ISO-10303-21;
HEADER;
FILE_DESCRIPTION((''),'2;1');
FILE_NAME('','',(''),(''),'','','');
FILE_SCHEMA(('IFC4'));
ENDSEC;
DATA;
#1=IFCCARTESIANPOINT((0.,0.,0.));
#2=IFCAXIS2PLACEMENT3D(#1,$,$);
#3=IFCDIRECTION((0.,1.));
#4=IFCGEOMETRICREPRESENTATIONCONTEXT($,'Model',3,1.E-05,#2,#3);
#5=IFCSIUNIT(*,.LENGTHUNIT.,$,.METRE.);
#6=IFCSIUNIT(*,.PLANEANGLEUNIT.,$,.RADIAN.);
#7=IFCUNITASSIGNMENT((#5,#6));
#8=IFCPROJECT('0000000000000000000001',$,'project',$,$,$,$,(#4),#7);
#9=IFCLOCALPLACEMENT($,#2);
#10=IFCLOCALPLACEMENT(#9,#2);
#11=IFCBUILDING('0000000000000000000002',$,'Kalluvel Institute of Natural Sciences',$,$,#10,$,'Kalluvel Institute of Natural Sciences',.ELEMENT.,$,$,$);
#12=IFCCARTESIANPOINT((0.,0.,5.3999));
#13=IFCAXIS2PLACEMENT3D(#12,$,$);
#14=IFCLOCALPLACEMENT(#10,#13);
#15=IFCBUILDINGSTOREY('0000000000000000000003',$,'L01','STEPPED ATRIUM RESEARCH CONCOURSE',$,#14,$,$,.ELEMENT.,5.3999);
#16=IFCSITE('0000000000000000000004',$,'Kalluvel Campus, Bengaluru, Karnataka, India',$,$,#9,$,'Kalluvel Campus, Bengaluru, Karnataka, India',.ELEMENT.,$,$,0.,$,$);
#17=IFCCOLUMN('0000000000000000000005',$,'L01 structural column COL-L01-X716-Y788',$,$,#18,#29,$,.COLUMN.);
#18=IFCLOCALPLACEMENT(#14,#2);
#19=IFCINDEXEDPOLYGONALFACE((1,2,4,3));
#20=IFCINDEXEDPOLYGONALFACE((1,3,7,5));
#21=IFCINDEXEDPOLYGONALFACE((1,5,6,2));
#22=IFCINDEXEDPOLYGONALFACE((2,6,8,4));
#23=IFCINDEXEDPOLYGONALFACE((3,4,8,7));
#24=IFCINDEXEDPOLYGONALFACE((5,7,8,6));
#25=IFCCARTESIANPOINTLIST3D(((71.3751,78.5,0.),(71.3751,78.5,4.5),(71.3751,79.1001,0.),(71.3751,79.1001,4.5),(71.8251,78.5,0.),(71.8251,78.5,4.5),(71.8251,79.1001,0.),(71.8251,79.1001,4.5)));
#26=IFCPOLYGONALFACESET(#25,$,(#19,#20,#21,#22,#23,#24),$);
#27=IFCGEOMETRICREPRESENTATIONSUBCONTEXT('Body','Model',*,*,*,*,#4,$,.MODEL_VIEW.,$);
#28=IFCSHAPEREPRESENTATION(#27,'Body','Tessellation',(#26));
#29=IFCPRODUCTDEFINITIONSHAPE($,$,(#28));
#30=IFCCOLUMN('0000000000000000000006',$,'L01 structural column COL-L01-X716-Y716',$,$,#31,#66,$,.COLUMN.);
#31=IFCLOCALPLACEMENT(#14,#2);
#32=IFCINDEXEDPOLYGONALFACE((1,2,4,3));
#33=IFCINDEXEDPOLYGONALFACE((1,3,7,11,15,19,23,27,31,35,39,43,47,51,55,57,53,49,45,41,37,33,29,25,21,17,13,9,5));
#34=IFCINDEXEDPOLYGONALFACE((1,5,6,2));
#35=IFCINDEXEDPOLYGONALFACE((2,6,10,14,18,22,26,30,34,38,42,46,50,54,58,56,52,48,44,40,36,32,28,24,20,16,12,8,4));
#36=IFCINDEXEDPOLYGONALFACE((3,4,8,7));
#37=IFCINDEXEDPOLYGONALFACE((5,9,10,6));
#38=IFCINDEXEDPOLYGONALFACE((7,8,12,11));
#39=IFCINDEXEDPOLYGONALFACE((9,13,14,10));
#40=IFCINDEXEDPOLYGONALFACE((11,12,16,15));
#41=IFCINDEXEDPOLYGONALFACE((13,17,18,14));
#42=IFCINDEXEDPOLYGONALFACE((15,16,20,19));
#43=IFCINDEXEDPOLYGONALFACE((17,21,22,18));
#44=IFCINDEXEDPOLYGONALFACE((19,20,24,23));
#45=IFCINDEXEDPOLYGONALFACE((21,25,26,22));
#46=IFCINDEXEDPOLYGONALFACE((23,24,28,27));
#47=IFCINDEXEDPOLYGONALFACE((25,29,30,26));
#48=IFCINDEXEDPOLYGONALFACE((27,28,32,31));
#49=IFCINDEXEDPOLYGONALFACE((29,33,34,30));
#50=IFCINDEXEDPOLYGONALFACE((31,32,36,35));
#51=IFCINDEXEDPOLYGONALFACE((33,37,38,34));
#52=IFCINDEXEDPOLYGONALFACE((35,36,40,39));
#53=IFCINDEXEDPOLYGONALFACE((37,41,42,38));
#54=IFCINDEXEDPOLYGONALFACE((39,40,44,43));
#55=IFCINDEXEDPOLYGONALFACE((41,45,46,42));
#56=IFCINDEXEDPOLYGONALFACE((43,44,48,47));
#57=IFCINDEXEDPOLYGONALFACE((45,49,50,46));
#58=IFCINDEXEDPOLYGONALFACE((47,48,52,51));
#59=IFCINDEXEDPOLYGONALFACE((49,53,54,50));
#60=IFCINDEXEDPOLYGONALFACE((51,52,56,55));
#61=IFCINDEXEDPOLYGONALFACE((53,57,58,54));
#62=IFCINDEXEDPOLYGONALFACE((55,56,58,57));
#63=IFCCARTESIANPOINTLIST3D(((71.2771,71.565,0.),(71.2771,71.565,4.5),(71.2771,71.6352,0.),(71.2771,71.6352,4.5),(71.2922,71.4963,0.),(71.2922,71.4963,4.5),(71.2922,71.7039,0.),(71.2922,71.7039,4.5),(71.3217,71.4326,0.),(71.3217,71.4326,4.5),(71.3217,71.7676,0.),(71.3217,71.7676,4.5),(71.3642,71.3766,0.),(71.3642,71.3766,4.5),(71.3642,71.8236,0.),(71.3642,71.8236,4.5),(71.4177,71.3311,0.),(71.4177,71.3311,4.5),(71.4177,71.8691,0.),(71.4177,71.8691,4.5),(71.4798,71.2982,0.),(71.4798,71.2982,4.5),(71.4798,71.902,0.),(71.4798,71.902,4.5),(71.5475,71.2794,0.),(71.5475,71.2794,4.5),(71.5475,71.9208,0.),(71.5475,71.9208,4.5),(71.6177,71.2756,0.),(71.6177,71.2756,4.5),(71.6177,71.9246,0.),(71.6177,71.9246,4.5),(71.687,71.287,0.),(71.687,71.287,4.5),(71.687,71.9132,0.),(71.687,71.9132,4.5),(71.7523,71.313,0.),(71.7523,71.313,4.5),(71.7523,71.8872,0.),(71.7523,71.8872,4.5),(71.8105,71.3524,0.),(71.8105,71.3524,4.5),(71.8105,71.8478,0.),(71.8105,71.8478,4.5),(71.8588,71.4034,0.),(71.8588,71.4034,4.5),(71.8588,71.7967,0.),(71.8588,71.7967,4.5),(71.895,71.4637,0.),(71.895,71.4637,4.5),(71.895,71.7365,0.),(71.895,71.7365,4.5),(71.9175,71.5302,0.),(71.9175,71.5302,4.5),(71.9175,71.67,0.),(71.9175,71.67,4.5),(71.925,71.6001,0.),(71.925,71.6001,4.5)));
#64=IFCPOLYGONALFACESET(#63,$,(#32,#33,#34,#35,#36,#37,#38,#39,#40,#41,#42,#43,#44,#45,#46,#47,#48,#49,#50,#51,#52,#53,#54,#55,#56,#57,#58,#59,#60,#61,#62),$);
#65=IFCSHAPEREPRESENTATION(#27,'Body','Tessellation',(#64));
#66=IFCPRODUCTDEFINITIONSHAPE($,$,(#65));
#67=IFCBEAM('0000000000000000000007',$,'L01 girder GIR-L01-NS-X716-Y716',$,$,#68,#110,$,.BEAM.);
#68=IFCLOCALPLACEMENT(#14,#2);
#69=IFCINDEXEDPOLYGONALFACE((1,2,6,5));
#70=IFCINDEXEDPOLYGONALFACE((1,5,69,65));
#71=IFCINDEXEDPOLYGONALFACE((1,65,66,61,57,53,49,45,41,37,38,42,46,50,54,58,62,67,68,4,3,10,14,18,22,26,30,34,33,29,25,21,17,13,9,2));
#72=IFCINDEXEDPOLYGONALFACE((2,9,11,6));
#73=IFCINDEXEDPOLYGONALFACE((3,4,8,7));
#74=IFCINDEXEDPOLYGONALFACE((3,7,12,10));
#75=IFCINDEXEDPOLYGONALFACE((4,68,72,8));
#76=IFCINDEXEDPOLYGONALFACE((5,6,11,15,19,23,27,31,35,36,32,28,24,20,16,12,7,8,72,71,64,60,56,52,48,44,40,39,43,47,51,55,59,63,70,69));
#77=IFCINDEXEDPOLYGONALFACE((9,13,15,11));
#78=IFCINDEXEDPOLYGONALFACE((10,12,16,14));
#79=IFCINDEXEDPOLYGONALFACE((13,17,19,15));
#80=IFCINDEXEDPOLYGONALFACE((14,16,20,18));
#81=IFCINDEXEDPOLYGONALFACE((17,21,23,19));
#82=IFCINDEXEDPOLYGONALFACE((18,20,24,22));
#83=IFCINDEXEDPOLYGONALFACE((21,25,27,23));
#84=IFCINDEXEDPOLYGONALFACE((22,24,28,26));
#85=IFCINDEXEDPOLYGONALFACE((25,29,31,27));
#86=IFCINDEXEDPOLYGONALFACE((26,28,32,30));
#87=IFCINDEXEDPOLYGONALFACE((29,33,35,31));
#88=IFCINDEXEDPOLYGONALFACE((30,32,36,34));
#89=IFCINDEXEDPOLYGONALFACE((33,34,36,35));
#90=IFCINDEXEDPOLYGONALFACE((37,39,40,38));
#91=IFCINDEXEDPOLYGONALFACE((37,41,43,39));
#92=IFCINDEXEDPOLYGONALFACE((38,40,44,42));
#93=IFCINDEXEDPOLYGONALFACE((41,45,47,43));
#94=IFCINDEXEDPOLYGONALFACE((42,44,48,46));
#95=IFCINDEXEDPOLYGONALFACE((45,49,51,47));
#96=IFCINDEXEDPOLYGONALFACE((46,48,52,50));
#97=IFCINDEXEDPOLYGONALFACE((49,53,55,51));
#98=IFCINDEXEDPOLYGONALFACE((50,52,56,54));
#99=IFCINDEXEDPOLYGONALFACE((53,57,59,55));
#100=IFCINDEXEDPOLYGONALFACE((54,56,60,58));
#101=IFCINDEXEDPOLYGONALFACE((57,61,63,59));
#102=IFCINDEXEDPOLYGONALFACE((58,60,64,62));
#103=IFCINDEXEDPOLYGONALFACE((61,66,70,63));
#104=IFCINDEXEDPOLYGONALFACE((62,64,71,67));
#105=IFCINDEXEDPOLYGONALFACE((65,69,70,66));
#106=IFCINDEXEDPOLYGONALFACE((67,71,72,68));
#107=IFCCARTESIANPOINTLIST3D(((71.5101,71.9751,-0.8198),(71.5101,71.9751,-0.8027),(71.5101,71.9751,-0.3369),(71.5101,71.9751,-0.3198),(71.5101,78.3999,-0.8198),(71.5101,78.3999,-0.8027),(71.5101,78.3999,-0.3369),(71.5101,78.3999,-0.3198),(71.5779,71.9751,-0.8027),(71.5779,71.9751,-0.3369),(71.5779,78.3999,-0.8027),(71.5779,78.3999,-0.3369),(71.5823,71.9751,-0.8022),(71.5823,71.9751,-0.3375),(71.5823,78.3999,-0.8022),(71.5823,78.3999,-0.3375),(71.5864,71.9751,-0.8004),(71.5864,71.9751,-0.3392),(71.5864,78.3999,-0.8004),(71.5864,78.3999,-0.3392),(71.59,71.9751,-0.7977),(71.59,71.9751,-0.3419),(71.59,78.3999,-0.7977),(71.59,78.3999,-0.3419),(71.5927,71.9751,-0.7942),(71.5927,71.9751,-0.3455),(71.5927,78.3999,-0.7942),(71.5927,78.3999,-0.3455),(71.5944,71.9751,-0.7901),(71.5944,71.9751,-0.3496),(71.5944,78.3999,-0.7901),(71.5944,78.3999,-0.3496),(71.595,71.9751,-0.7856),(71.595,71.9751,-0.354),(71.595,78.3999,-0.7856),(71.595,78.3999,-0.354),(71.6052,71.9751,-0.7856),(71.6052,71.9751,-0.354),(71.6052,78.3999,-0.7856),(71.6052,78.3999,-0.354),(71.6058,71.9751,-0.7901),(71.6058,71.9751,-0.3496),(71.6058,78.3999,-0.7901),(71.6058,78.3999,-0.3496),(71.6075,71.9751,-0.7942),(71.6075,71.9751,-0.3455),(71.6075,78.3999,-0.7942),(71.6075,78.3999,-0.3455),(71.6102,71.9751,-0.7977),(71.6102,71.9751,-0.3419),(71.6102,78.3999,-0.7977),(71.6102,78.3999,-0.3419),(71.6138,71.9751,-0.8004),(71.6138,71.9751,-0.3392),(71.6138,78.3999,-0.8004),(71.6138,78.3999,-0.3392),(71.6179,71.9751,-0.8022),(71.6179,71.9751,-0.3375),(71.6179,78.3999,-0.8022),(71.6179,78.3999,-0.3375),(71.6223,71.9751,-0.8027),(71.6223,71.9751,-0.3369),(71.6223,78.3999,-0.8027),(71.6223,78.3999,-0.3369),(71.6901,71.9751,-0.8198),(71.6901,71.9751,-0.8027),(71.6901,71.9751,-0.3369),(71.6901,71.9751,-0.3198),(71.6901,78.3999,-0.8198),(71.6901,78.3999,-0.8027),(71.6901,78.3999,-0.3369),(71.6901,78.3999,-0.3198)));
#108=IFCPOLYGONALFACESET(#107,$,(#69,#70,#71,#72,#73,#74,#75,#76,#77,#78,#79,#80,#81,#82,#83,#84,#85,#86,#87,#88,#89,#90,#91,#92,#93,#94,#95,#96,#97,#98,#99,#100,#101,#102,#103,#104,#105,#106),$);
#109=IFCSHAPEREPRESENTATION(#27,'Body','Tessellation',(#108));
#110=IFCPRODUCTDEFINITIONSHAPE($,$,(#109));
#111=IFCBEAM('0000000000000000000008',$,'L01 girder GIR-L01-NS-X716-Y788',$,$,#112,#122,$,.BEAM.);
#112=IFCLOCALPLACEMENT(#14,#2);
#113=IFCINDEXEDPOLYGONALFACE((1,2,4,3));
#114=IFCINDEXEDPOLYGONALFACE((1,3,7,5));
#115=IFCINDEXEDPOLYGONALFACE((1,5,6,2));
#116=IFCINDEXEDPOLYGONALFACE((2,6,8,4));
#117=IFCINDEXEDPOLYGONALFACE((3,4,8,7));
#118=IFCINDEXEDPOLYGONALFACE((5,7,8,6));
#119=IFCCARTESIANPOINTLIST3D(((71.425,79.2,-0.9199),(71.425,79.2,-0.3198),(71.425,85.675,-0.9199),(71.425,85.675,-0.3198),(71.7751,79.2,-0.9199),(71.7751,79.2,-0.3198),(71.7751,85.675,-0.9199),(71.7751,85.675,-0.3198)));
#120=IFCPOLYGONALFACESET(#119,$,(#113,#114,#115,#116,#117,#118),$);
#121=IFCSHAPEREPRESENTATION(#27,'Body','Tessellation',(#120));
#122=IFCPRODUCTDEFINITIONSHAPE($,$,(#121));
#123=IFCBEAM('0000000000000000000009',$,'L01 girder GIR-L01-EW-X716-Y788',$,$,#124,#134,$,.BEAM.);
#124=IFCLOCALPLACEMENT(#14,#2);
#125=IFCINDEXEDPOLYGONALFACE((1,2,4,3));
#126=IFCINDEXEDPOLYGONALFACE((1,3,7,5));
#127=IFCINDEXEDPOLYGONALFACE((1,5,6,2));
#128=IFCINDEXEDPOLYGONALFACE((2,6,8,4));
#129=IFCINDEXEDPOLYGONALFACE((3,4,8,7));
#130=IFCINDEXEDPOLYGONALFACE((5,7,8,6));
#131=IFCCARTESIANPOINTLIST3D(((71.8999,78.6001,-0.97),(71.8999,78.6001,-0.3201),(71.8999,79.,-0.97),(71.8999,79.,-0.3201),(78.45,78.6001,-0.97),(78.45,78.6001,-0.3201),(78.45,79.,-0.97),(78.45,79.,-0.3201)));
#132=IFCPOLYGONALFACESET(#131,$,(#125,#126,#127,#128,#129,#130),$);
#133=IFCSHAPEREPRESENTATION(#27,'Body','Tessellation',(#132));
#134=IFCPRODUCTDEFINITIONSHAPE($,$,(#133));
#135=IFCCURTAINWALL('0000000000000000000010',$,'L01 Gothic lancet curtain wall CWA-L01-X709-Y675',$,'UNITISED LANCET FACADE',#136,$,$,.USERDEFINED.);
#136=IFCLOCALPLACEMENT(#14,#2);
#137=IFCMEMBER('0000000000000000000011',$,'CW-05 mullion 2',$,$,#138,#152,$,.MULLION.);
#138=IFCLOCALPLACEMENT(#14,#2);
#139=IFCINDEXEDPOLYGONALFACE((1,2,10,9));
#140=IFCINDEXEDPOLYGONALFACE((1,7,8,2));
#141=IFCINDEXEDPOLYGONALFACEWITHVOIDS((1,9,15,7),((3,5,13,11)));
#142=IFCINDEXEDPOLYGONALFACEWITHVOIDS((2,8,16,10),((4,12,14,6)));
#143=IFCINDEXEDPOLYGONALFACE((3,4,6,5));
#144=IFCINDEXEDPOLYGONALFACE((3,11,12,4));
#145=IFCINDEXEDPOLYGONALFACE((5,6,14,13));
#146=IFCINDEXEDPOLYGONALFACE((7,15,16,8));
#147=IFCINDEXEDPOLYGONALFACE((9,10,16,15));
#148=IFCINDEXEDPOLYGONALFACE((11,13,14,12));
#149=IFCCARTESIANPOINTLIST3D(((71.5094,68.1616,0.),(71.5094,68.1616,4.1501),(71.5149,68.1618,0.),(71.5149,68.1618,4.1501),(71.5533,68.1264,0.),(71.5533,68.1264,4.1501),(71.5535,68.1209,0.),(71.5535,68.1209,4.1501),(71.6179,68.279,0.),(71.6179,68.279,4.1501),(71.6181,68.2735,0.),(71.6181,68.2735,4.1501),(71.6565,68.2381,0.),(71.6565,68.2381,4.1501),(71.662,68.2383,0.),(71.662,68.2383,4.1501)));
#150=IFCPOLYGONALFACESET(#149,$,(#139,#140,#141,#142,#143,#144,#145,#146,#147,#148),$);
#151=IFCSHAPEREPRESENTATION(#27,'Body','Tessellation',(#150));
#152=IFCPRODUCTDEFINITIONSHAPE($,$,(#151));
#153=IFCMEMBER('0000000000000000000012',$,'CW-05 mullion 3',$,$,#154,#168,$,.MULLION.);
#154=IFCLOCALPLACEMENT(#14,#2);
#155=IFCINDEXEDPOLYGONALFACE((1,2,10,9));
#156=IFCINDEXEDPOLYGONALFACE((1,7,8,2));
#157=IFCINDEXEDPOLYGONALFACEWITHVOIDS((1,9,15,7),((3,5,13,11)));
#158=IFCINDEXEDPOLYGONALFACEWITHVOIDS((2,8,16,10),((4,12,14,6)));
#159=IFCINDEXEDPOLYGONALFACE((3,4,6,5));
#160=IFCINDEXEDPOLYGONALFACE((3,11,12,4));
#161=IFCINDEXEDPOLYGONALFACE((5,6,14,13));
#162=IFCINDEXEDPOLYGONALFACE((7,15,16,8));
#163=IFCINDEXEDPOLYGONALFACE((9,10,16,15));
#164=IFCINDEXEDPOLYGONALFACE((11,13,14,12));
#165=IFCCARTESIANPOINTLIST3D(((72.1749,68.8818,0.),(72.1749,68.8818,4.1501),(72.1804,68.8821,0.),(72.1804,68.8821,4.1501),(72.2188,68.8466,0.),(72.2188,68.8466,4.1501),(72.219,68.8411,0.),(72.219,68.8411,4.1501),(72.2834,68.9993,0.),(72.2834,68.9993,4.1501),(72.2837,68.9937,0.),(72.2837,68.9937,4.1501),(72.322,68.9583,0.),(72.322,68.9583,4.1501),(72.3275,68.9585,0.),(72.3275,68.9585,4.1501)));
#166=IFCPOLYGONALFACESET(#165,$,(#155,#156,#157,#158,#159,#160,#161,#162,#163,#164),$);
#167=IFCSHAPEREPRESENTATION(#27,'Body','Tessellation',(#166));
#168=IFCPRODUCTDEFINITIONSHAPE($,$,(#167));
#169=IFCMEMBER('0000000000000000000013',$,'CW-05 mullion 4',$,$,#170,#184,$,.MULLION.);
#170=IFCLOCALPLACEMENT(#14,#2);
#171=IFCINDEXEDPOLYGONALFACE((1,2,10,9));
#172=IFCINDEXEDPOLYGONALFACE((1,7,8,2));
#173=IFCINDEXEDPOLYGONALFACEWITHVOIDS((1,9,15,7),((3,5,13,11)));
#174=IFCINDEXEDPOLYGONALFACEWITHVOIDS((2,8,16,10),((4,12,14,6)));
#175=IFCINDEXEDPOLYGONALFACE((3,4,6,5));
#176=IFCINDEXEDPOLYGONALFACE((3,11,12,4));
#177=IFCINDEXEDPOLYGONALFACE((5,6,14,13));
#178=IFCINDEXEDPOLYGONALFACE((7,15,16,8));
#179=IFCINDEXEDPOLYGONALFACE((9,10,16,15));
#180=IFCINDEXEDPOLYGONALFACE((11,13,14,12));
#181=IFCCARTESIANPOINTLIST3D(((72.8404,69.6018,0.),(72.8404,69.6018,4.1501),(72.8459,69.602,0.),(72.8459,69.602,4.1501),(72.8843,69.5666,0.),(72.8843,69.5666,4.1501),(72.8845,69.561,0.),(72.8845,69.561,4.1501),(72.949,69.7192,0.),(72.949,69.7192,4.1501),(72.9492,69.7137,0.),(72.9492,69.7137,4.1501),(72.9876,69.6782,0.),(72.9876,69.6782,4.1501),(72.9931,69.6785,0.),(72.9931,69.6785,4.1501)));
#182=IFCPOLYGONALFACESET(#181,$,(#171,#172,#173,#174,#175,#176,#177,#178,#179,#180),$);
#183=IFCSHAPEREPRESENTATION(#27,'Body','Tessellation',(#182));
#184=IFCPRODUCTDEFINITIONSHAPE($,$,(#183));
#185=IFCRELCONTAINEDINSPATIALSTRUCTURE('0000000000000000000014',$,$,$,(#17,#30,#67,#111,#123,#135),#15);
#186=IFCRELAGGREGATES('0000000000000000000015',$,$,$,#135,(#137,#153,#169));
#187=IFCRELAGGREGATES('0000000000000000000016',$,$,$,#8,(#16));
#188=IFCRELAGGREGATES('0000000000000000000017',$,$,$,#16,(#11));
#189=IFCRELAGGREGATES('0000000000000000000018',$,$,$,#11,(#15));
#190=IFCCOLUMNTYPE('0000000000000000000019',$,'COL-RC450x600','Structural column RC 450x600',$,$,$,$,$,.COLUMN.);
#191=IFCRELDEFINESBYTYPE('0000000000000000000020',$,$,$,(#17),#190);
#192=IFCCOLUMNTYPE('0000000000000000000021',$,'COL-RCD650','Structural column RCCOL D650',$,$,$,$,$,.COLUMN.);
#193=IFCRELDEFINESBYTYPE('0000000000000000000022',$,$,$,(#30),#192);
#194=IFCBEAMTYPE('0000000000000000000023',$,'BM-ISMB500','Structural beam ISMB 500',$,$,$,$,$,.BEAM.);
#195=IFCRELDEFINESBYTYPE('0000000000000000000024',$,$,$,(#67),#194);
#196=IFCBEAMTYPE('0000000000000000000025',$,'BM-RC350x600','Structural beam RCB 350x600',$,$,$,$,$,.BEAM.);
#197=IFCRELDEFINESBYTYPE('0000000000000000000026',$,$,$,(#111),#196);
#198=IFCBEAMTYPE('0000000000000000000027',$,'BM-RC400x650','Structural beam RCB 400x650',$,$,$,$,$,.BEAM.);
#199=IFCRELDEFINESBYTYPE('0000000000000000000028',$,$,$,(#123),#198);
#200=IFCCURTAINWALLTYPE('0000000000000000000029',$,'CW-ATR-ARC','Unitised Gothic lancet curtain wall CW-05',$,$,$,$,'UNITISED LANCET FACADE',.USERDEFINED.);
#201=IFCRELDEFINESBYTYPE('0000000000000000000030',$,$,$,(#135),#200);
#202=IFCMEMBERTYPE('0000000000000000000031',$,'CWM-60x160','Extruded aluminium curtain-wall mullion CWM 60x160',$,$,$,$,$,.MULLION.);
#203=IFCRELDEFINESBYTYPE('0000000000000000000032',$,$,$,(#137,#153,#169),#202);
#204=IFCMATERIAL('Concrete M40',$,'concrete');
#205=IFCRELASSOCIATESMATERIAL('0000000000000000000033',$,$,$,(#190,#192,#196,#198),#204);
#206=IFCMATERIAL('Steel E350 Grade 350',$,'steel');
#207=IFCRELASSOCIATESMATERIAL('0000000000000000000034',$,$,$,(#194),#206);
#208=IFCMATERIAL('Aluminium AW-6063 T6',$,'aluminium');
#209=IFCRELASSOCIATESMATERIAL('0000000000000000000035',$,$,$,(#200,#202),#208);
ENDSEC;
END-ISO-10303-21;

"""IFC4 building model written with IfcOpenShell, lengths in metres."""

from ifc_helpers import new_model, si_unit, direction, frame, origin, origin_2d, place, context, subcontext, project, spatial, rectangle, hollow_rectangle, circle, i_section, extrude, material, material_profile, profile_set, type_object, element, aggregate, save


model = new_model("IFC4")

# Units and contexts
model_context = context("Model", 3, precision=1e-05, world=origin(), true_north=direction((0.0, 1.0)))
body_context = subcontext(model_context, "Body", "Model", "MODEL_VIEW")
ifc_project = project(units=[si_unit("LENGTHUNIT", "METRE"), si_unit("PLANEANGLEUNIT", "RADIAN")], contexts=[model_context])

# Site, building, storey
site_placement = place(None, origin())
site = spatial("IfcSite", under=ifc_project, at=site_placement, Name="Kalluvel Campus, Bengaluru, Karnataka, India", LongName="Kalluvel Campus, Bengaluru, Karnataka, India", CompositionType="ELEMENT", RefElevation=0.0)
building_placement = place(site_placement, origin())
building = spatial("IfcBuilding", under=site, at=building_placement, Name="Kalluvel Institute of Natural Sciences", LongName="Kalluvel Institute of Natural Sciences", CompositionType="ELEMENT")
storey_placement = place(building_placement, frame((0.0, 0.0, 5.3999)))
storey = spatial("IfcBuildingStorey", under=building, at=storey_placement, Name="L01", Description="STEPPED ATRIUM RESEARCH CONCOURSE", CompositionType="ELEMENT", Elevation=5.3999)

# Columns
ifc_material_1 = material(Name="Concrete M40", Category="concrete")
ifc_material_profile_1 = material_profile(ifc_material_1, rectangle(XDim=0.45, YDim=0.6001, at=origin_2d()), Name="RC 450x600")
ifc_profile_set_1 = profile_set([ifc_material_profile_1], Name="Concrete M40")
column_type_1 = type_object("IfcColumnType", Name="COL-RC450x600", Description="Structural column RC 450x600", PredefinedType="COLUMN", material=ifc_profile_set_1)
column_1_placement = place(storey_placement, frame((71.6001, 78.8, 0.0), z_axis=(0.0, 0.0, 1.0), x_axis=(1.0, 0.0, 0.0)))
element("IfcColumn", 1, at=column_1_placement, inside=storey, type_object=column_type_1, Name="L01 structural column COL-L01-X716-Y788", PredefinedType="COLUMN", context=body_context, shape_type="SweptSolid", body=[
    extrude(rectangle(XDim=0.45, YDim=0.6001, at=origin_2d()), origin(), (0.0, 0.0, 1.0), 4.5),
])
ifc_material_profile_2 = material_profile(ifc_material_1, circle(Radius=0.325, at=origin_2d()), Name="RCCOL D650")
ifc_profile_set_2 = profile_set([ifc_material_profile_2], Name="Concrete M40")
column_type_2 = type_object("IfcColumnType", Name="COL-RCD650", Description="Structural column RCCOL D650", PredefinedType="COLUMN", material=ifc_profile_set_2)
column_2_placement = place(storey_placement, frame((71.6001, 71.6001, 0.0), z_axis=(0.0, 0.0, 1.0), x_axis=(1.0, 0.0, 0.0)))
element("IfcColumn", 2, at=column_2_placement, inside=storey, type_object=column_type_2, Name="L01 structural column COL-L01-X716-Y716", PredefinedType="COLUMN", context=body_context, shape_type="SweptSolid", body=[
    extrude(circle(Radius=0.325, at=origin_2d()), origin(), (0.0, 0.0, 1.0), 4.5),
])

# Beams
ifc_material_2 = material(Name="Steel E350 Grade 350", Category="steel")
ifc_material_profile_3 = material_profile(ifc_material_2, i_section(OverallWidth=0.1799, OverallDepth=0.5, WebThickness=0.0103, FlangeThickness=0.0171, FilletRadius=0.0171, at=origin_2d()), Name="ISMB 500")
ifc_profile_set_3 = profile_set([ifc_material_profile_3], Name="Steel E350 Grade 350")
beam_type_1 = type_object("IfcBeamType", Name="BM-ISMB500", Description="Structural beam ISMB 500", PredefinedType="BEAM", material=ifc_profile_set_3)
beam_1_placement = place(storey_placement, frame((71.6001, 71.9751, -0.5698), z_axis=(0.0, 1.0, 0.0), x_axis=(-1.0, 0.0, 0.0)))
element("IfcBeam", 3, at=beam_1_placement, inside=storey, type_object=beam_type_1, Name="L01 girder GIR-L01-NS-X716-Y716", PredefinedType="BEAM", context=body_context, shape_type="SweptSolid", body=[
    extrude(i_section(OverallWidth=0.1799, OverallDepth=0.5, WebThickness=0.0103, FlangeThickness=0.0171, FilletRadius=0.0171, at=origin_2d()), origin(), (0.0, 0.0, 1.0), 6.4248),
])
ifc_material_profile_4 = material_profile(ifc_material_1, rectangle(XDim=0.3501, YDim=0.6001, at=origin_2d()), Name="RCB 350x600")
ifc_profile_set_4 = profile_set([ifc_material_profile_4], Name="Concrete M40")
beam_type_2 = type_object("IfcBeamType", Name="BM-RC350x600", Description="Structural beam RCB 350x600", PredefinedType="BEAM", material=ifc_profile_set_4)
beam_2_placement = place(storey_placement, frame((71.6001, 79.2, -0.6199), z_axis=(0.0, 1.0, 0.0), x_axis=(-1.0, 0.0, 0.0)))
element("IfcBeam", 4, at=beam_2_placement, inside=storey, type_object=beam_type_2, Name="L01 girder GIR-L01-NS-X716-Y788", PredefinedType="BEAM", context=body_context, shape_type="SweptSolid", body=[
    extrude(rectangle(XDim=0.3501, YDim=0.6001, at=origin_2d()), origin(), (0.0, 0.0, 1.0), 6.4751),
])
ifc_material_profile_5 = material_profile(ifc_material_1, rectangle(XDim=0.3999, YDim=0.6499, at=origin_2d()), Name="RCB 400x650")
ifc_profile_set_5 = profile_set([ifc_material_profile_5], Name="Concrete M40")
beam_type_3 = type_object("IfcBeamType", Name="BM-RC400x650", Description="Structural beam RCB 400x650", PredefinedType="BEAM", material=ifc_profile_set_5)
beam_3_placement = place(storey_placement, frame((71.8999, 78.8, -0.645), z_axis=(1.0, 0.0, 0.0), x_axis=(0.0, 1.0, 0.0)))
element("IfcBeam", 5, at=beam_3_placement, inside=storey, type_object=beam_type_3, Name="L01 girder GIR-L01-EW-X716-Y788", PredefinedType="BEAM", context=body_context, shape_type="SweptSolid", body=[
    extrude(rectangle(XDim=0.3999, YDim=0.6499, at=origin_2d()), origin(), (0.0, 0.0, 1.0), 6.55),
])

# Curtain wall, members
ifc_material_3 = material(Name="Aluminium AW-6063 T6", Category="aluminium")
curtain_wall_type = type_object("IfcCurtainWallType", Name="CW-ATR-ARC", Description="Unitised Gothic lancet curtain wall CW-05", ElementType="UNITISED LANCET FACADE", PredefinedType="USERDEFINED", material=ifc_material_3)
curtain_wall_placement = place(storey_placement, origin())
curtain_wall = element("IfcCurtainWall", 6, at=curtain_wall_placement, inside=storey, type_object=curtain_wall_type, Name="L01 Gothic lancet curtain wall CWA-L01-X709-Y675", ObjectType="UNITISED LANCET FACADE", PredefinedType="USERDEFINED")
ifc_material_profile_6 = material_profile(ifc_material_3, hollow_rectangle(XDim=0.0601, YDim=0.1599, WallThickness=0.0039, at=origin_2d()), Name="CWM 60x160")
ifc_profile_set_6 = profile_set([ifc_material_profile_6], Name="Aluminium AW-6063 T6")
member_type_1 = type_object("IfcMemberType", Name="CWM-60x160", Description="Extruded aluminium curtain-wall mullion CWM 60x160", PredefinedType="MULLION", material=ifc_profile_set_6)
member_1_placement = place(storey_placement, frame((71.5857, 68.2, 0.0), z_axis=(0.0, 0.0, 1.0), x_axis=(-0.734327, 0.678796, 0.0)))
member_1 = element("IfcMember", 7, at=member_1_placement, type_object=member_type_1, Name="CW-05 mullion 2", PredefinedType="MULLION", context=body_context, shape_type="SweptSolid", body=[
    extrude(hollow_rectangle(XDim=0.0601, YDim=0.1599, WallThickness=0.0039, at=origin_2d()), origin(), (0.0, 0.0, 1.0), 4.1501),
])
member_2_placement = place(storey_placement, frame((72.2512, 68.9202, 0.0), z_axis=(0.0, 0.0, 1.0), x_axis=(-0.734327, 0.678796, 0.0)))
member_2 = element("IfcMember", 8, at=member_2_placement, type_object=member_type_1, Name="CW-05 mullion 3", PredefinedType="MULLION", context=body_context, shape_type="SweptSolid", body=[
    extrude(hollow_rectangle(XDim=0.0601, YDim=0.1599, WallThickness=0.0039, at=origin_2d()), origin(), (0.0, 0.0, 1.0), 4.1501),
])
member_3_placement = place(storey_placement, frame((72.9167, 69.6401, 0.0), z_axis=(0.0, 0.0, 1.0), x_axis=(-0.734327, 0.678796, 0.0)))
member_3 = element("IfcMember", 9, at=member_3_placement, type_object=member_type_1, Name="CW-05 mullion 4", PredefinedType="MULLION", context=body_context, shape_type="SweptSolid", body=[
    extrude(hollow_rectangle(XDim=0.0601, YDim=0.1599, WallThickness=0.0039, at=origin_2d()), origin(), (0.0, 0.0, 1.0), 4.1501),
])
aggregate(curtain_wall, [member_1, member_2, member_3])

save(model, "model.ifc")
